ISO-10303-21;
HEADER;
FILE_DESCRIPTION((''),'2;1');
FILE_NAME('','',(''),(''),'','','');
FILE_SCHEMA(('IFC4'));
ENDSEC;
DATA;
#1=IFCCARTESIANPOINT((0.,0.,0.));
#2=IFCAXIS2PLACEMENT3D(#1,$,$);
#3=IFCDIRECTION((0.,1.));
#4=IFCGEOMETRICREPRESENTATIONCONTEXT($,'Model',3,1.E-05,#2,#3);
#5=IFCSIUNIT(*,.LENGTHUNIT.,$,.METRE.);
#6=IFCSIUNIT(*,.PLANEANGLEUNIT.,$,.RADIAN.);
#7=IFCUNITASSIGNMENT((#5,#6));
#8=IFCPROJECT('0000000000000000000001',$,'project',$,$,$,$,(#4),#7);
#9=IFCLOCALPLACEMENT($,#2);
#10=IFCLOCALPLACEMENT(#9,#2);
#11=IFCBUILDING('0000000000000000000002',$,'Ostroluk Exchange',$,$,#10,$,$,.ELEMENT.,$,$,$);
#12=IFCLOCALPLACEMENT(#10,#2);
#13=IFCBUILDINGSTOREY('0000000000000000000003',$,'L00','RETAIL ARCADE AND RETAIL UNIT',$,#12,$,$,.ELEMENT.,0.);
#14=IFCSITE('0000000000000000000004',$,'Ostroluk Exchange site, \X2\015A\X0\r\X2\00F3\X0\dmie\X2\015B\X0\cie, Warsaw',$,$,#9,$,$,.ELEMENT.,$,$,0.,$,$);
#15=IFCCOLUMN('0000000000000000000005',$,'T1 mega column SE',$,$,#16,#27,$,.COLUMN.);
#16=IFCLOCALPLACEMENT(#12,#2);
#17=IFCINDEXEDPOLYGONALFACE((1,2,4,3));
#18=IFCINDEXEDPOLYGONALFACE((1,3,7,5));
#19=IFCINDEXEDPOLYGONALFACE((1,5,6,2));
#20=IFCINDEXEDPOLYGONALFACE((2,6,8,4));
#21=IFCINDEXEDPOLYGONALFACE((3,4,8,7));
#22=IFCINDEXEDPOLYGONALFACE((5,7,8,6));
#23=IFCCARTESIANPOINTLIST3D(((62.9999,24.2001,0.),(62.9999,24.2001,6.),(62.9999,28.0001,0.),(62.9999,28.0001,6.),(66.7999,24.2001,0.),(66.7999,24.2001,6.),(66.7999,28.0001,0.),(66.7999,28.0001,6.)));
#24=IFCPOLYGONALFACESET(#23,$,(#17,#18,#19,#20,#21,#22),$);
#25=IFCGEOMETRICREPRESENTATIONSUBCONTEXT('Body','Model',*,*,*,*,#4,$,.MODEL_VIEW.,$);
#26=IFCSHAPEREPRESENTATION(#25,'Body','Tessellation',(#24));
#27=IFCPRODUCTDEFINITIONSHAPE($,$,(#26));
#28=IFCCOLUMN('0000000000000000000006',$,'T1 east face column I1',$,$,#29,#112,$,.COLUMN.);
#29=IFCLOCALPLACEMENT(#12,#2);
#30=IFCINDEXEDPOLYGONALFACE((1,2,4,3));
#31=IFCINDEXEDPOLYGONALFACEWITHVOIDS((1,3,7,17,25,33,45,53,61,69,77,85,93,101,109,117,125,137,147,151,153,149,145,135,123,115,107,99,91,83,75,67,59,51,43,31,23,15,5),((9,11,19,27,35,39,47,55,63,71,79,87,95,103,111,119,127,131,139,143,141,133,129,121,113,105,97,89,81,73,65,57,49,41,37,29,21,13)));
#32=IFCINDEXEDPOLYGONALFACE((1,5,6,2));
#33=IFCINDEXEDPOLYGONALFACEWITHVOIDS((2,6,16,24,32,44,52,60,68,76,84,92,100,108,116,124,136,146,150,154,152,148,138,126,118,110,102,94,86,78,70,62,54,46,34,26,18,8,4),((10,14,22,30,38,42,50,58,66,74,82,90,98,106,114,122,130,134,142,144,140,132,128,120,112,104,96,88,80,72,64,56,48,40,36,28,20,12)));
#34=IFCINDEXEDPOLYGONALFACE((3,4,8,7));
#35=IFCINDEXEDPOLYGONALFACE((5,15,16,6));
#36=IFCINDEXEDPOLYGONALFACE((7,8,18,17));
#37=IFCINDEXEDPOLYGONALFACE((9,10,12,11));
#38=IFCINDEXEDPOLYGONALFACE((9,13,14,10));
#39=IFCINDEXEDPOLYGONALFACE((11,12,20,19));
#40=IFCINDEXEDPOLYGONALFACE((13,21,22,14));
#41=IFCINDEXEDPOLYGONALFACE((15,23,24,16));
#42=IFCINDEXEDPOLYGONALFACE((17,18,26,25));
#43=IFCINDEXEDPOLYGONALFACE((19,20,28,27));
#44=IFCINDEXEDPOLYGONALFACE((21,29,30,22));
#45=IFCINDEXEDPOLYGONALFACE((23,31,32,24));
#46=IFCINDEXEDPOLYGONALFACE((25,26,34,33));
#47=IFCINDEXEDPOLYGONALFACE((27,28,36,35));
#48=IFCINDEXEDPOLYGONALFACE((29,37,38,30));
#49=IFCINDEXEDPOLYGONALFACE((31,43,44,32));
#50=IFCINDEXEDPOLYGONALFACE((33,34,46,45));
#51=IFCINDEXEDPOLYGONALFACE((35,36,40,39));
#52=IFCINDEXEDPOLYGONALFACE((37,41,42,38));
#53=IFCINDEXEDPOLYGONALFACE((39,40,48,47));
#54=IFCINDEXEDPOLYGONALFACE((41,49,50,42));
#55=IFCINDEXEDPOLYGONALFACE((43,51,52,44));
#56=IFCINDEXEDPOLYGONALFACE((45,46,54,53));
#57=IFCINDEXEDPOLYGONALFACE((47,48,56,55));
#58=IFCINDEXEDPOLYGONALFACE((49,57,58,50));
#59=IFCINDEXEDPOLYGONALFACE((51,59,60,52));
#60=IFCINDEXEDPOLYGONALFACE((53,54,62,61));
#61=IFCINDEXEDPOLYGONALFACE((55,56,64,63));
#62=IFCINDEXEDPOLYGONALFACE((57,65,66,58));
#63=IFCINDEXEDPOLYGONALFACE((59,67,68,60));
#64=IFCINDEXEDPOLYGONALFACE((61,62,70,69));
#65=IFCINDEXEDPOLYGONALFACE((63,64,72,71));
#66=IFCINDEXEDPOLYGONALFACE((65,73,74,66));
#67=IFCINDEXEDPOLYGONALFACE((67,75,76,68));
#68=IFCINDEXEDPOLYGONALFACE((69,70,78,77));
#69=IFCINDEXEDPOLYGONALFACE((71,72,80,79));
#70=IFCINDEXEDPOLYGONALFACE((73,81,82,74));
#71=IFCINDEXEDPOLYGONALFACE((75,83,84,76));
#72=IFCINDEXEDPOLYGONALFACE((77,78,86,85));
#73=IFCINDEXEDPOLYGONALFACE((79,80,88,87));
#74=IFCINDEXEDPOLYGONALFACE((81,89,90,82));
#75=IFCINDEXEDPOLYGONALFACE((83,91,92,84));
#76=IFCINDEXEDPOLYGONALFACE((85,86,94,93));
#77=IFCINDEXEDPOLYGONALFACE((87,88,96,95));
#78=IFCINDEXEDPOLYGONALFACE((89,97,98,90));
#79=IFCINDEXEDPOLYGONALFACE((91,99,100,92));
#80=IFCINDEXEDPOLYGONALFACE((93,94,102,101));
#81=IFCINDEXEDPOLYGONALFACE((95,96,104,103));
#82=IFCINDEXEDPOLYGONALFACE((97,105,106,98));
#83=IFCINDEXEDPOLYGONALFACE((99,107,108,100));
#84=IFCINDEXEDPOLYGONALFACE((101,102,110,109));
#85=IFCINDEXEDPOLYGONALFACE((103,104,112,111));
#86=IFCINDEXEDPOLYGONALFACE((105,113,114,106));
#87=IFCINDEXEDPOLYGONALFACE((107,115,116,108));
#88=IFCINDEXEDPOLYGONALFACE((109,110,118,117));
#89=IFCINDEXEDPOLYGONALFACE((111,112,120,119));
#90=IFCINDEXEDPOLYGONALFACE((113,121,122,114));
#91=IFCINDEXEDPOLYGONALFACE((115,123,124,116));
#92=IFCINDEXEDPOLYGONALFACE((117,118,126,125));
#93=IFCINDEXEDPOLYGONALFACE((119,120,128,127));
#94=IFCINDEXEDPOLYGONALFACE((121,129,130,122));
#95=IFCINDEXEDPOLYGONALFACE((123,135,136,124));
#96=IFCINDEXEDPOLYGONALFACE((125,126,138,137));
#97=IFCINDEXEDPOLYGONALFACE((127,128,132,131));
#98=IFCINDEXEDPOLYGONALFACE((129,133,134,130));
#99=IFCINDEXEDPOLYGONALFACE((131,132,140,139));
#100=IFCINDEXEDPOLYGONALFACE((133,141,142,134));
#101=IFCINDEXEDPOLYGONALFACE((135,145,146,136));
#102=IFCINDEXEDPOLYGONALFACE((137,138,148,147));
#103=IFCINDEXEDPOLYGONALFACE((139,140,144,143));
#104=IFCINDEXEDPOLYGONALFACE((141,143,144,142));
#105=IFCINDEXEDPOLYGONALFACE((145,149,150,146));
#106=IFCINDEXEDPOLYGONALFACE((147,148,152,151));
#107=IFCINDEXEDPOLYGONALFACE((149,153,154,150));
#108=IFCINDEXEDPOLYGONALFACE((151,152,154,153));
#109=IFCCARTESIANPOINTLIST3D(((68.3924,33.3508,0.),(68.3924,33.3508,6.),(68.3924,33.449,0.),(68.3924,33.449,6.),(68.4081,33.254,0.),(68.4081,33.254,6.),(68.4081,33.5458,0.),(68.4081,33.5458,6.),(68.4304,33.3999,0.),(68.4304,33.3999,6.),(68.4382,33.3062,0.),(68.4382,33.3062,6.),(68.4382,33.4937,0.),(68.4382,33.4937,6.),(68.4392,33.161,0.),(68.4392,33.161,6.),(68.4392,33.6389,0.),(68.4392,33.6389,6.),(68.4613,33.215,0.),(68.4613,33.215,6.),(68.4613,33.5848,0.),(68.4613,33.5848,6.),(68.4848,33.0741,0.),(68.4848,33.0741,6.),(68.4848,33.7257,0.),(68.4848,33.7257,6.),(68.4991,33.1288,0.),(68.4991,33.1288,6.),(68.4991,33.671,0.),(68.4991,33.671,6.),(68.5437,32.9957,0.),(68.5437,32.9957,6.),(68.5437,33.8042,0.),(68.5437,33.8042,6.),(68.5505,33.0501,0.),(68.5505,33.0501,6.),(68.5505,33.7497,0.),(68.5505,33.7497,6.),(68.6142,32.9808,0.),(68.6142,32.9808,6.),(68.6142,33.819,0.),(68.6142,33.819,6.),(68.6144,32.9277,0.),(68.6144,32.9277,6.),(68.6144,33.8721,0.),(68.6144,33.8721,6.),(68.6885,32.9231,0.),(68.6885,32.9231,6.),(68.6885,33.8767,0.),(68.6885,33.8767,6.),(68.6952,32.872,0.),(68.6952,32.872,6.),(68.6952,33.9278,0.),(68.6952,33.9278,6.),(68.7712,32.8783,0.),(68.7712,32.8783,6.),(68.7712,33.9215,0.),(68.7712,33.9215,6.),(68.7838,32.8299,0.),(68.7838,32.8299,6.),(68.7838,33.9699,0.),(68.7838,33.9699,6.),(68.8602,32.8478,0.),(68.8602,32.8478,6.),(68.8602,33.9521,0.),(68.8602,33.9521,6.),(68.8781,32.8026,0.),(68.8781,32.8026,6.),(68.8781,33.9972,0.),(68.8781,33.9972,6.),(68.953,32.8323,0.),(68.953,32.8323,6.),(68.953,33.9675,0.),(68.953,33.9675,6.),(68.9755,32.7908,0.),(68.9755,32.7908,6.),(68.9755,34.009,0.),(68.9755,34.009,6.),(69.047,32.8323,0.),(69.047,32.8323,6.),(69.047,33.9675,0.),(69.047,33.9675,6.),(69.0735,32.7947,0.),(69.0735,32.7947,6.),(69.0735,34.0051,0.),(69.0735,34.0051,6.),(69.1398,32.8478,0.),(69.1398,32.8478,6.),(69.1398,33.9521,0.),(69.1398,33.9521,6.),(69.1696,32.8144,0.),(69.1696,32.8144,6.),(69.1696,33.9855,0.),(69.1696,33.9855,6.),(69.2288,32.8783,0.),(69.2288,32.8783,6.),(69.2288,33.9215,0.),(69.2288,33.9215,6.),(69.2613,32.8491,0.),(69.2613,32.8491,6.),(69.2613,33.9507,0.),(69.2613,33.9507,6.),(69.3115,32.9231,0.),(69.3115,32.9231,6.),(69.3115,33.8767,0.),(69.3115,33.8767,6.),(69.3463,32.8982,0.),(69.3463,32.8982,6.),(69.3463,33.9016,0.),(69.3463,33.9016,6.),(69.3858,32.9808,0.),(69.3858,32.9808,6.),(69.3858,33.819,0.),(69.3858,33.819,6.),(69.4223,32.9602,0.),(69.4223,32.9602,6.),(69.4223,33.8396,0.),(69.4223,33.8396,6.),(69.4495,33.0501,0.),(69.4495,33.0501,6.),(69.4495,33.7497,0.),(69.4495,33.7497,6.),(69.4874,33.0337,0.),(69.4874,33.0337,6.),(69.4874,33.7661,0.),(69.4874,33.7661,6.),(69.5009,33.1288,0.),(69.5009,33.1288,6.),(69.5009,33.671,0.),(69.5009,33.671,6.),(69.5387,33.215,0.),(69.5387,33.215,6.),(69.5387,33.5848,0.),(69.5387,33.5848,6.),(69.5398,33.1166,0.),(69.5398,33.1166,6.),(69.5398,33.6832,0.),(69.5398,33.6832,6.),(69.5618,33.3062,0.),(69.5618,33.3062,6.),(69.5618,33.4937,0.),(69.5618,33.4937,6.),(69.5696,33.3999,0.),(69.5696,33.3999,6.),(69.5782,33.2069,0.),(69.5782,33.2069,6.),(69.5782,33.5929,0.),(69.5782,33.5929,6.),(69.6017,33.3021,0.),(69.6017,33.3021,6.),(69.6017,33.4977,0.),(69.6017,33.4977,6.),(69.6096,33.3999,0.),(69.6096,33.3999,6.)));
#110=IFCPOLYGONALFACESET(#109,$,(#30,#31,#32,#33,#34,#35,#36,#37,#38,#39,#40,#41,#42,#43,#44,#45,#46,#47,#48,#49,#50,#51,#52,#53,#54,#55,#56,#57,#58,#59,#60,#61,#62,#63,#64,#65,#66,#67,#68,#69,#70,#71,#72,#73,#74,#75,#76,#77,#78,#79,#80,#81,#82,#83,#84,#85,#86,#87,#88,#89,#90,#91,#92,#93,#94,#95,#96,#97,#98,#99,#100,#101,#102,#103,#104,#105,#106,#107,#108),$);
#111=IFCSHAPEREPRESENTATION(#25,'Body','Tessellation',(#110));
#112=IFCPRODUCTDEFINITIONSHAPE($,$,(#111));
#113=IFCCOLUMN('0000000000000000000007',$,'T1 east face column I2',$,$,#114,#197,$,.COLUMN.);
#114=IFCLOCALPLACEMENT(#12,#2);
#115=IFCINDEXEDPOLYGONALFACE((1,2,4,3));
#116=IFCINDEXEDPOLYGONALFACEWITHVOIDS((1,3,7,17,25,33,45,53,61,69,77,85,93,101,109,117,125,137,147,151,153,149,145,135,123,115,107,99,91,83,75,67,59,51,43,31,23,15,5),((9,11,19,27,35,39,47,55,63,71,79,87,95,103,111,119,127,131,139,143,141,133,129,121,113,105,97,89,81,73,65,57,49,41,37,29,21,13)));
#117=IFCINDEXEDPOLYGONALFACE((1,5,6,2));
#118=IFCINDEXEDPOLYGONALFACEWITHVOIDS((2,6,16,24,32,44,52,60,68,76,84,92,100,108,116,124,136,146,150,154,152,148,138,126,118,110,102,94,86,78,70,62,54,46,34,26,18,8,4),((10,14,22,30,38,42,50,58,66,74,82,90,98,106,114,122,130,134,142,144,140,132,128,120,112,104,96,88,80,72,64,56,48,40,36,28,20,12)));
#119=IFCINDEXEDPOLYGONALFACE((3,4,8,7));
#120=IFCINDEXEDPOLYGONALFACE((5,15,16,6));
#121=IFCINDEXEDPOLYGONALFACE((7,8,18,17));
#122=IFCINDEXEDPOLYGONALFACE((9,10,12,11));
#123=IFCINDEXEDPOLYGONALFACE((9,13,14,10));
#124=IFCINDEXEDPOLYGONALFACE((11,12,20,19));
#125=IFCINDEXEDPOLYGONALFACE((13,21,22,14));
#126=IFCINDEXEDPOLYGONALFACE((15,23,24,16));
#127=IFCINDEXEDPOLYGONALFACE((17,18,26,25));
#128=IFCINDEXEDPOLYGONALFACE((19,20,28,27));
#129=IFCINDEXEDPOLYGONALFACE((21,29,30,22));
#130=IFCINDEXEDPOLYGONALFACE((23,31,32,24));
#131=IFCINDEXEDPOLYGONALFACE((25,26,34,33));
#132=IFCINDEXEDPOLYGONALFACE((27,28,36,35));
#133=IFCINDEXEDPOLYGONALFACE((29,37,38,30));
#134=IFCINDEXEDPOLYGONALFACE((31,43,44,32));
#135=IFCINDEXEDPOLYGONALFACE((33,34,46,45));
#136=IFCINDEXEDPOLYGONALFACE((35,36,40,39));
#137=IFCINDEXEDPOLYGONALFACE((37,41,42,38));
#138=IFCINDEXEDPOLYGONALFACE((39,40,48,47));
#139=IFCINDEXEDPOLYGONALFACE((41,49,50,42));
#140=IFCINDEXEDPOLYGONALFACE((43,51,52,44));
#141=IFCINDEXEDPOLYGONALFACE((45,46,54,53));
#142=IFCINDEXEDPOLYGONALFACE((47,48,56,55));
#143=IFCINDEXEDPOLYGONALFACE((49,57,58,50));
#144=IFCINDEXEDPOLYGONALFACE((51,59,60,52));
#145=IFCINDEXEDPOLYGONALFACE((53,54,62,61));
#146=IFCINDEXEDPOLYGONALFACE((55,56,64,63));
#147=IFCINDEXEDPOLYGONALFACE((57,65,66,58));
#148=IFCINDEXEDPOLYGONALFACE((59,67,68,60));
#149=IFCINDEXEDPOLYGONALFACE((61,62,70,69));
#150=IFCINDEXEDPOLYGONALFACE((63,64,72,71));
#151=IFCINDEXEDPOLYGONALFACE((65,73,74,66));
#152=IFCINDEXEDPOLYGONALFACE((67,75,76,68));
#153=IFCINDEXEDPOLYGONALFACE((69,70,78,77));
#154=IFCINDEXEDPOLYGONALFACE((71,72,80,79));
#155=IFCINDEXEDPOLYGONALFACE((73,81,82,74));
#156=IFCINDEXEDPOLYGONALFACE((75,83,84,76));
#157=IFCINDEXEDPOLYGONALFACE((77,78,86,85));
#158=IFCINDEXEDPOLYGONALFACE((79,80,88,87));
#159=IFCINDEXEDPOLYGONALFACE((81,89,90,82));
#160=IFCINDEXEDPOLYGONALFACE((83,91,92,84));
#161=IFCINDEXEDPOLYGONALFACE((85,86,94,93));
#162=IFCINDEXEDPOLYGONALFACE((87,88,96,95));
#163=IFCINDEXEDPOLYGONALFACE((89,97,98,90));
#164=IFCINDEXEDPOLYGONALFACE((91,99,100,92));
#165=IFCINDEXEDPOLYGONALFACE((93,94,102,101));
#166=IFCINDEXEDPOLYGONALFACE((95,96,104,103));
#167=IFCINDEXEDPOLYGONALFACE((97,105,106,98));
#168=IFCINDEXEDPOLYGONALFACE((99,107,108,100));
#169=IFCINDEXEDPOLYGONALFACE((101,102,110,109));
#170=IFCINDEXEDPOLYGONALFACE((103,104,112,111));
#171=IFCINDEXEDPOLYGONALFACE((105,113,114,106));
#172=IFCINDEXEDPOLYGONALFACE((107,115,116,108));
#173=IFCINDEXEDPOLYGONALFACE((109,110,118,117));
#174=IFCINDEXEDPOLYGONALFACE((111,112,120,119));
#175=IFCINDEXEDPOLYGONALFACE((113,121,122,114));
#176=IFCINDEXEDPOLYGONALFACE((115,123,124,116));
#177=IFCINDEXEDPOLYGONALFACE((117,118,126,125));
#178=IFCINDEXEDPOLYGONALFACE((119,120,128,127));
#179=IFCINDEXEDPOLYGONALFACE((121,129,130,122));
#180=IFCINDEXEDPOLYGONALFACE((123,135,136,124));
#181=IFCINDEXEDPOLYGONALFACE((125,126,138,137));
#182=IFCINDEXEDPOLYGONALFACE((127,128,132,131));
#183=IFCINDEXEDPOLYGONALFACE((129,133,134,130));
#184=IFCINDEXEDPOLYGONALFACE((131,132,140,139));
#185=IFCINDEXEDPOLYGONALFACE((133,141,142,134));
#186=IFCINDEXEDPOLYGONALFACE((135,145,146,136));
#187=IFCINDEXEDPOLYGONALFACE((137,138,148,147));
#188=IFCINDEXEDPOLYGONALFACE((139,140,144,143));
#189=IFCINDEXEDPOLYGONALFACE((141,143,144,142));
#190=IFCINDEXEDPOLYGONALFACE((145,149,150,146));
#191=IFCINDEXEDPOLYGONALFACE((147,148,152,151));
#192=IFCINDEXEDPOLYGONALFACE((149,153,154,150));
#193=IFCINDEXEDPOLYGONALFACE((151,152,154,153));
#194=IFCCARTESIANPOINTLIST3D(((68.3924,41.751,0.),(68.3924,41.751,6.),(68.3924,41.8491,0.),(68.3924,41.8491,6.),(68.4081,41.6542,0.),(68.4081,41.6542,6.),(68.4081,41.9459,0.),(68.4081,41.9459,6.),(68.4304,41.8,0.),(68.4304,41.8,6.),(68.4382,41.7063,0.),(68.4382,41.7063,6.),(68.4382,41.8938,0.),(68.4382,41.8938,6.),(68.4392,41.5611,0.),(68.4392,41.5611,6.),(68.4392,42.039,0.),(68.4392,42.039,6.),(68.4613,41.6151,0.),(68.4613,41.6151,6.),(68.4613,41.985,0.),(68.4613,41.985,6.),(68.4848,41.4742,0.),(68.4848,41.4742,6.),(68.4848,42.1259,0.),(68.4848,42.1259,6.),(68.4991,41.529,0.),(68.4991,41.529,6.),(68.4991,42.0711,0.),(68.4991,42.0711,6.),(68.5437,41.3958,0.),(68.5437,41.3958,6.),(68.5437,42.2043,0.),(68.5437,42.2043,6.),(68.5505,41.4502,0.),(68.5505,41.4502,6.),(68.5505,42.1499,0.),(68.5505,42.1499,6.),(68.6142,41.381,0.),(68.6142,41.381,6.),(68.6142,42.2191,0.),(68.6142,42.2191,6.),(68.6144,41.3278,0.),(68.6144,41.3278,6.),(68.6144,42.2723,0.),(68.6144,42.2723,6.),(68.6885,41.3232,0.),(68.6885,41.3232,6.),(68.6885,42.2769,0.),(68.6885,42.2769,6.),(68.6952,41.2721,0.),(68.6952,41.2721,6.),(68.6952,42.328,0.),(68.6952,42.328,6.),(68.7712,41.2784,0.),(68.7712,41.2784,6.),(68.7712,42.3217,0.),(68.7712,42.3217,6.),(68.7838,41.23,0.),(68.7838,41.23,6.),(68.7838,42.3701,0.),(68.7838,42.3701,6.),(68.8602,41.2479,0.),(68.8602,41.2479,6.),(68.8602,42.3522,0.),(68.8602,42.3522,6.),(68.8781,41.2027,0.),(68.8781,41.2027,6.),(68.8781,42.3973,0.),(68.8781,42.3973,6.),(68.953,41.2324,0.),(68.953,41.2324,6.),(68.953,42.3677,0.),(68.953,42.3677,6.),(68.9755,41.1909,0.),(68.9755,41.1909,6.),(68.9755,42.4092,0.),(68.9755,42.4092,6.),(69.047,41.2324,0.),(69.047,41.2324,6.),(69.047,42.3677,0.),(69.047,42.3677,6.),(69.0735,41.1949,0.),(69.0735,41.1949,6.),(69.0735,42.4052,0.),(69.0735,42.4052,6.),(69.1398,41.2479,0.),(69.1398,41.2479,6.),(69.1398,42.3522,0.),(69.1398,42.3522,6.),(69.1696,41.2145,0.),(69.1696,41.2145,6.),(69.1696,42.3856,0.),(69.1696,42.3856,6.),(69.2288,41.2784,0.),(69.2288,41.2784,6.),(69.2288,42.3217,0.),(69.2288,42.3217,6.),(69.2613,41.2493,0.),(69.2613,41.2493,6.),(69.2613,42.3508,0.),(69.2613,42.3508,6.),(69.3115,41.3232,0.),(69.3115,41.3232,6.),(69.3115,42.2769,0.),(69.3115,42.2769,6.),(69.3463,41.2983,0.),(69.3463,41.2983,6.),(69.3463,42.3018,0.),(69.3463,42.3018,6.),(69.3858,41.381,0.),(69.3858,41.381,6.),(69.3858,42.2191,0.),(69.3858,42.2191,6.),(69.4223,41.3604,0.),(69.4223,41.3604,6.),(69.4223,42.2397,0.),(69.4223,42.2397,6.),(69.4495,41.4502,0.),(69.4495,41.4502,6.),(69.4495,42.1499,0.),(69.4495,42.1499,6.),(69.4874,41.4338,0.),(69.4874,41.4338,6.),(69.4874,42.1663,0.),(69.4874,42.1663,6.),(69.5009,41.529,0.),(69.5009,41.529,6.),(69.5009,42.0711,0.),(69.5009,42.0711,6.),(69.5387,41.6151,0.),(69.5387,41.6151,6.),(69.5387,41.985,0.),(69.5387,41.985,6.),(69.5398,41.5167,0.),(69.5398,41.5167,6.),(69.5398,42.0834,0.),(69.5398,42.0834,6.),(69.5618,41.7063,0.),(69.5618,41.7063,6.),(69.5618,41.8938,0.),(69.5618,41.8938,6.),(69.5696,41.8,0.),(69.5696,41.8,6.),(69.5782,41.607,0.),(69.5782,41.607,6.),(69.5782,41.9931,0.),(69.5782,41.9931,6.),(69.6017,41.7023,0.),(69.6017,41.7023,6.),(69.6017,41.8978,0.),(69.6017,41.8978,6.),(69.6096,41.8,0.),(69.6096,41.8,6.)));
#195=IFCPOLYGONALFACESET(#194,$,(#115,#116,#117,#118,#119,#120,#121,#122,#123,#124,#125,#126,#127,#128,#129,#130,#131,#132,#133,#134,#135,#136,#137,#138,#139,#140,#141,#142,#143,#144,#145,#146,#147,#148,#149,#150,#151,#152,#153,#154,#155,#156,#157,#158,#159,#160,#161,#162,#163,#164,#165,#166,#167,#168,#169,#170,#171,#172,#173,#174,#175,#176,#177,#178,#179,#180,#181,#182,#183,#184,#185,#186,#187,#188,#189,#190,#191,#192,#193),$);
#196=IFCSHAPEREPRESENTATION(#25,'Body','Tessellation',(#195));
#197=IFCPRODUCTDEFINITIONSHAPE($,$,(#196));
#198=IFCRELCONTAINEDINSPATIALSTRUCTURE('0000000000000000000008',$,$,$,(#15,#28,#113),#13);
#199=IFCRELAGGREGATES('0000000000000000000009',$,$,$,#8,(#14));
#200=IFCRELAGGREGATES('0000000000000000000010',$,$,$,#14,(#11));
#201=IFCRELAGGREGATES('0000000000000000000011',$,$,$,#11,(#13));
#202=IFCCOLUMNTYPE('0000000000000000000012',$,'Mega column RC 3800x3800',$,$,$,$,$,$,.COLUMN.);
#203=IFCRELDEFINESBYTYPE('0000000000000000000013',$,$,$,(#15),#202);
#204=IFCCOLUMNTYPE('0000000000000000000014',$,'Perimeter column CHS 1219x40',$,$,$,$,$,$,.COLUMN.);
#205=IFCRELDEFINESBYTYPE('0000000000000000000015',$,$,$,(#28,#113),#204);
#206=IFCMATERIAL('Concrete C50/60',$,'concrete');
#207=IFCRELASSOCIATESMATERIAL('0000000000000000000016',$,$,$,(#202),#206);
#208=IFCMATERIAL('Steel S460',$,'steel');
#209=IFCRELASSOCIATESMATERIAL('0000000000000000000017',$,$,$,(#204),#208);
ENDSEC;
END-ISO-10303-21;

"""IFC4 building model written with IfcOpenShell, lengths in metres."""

from ifc_helpers import new_model, si_unit, direction, frame, origin, origin_2d, place, context, subcontext, project, spatial, rectangle, hollow_circle, extrude, material, material_profile, profile_set, type_object, element, save


model = new_model("IFC4")

# Units and contexts
model_context = context("Model", 3, precision=1e-05, world=origin(), true_north=direction((0.0, 1.0)))
body_context = subcontext(model_context, "Body", "Model", "MODEL_VIEW")
ifc_project = project(units=[si_unit("LENGTHUNIT", "METRE"), si_unit("PLANEANGLEUNIT", "RADIAN")], contexts=[model_context])

# Site, building, storey
site_placement = place(None, origin())
site = spatial("IfcSite", under=ifc_project, at=site_placement, Name="Ostroluk Exchange site, Śródmieście, Warsaw", CompositionType="ELEMENT", RefElevation=0.0)
building_placement = place(site_placement, origin())
building = spatial("IfcBuilding", under=site, at=building_placement, Name="Ostroluk Exchange", CompositionType="ELEMENT")
storey_placement = place(building_placement, origin())
storey = spatial("IfcBuildingStorey", under=building, at=storey_placement, Name="L00", Description="RETAIL ARCADE AND RETAIL UNIT", CompositionType="ELEMENT", Elevation=0.0)

# Columns
ifc_material_1 = material(Name="Concrete C50/60", Category="concrete")
ifc_material_profile_1 = material_profile(ifc_material_1, rectangle(XDim=3.8, YDim=3.8, at=origin_2d()), Name="RC 3800x3800")
ifc_profile_set_1 = profile_set([ifc_material_profile_1], Name="Concrete C50/60")
column_type_1 = type_object("IfcColumnType", Name="Mega column RC 3800x3800", PredefinedType="COLUMN", material=ifc_profile_set_1)
column_placement = place(storey_placement, frame((64.8999, 26.1001, 0.0), z_axis=(0.0, 0.0, 1.0), x_axis=(1.0, 0.0, 0.0)))
element("IfcColumn", 1, at=column_placement, inside=storey, type_object=column_type_1, Name="T1 mega column SE", PredefinedType="COLUMN", context=body_context, shape_type="SweptSolid", body=[
    extrude(rectangle(XDim=3.8, YDim=3.8, at=origin_2d()), origin(), (0.0, 0.0, 1.0), 6.0),
])
ifc_material_2 = material(Name="Steel S460", Category="steel")
ifc_material_profile_2 = material_profile(ifc_material_2, hollow_circle(Radius=0.6096, WallThickness=0.04, at=origin_2d()), Name="CHS 1219x40")
ifc_profile_set_2 = profile_set([ifc_material_profile_2], Name="Steel S460")
column_type_2 = type_object("IfcColumnType", Name="Perimeter column CHS 1219x40", PredefinedType="COLUMN", material=ifc_profile_set_2)
for number, where, z_axis, x_axis, name in (
    (2, (69.0, 33.3999, 0.0), (0.0, 0.0, 1.0), (1.0, 0.0, 0.0), "T1 east face column I1"),
    (3, (69.0, 41.8, 0.0), (0.0, 0.0, 1.0), (1.0, 0.0, 0.0), "T1 east face column I2"),
):
    element("IfcColumn", number, at=place(storey_placement, frame(where, z_axis=z_axis, x_axis=x_axis)), inside=storey, type_object=column_type_2, Name=name, PredefinedType="COLUMN", context=body_context, shape_type="SweptSolid", body=[
        extrude(hollow_circle(Radius=0.6096, WallThickness=0.04, at=origin_2d()), origin(), (0.0, 0.0, 1.0), 6.0),
    ])

save(model, "model.ifc")
